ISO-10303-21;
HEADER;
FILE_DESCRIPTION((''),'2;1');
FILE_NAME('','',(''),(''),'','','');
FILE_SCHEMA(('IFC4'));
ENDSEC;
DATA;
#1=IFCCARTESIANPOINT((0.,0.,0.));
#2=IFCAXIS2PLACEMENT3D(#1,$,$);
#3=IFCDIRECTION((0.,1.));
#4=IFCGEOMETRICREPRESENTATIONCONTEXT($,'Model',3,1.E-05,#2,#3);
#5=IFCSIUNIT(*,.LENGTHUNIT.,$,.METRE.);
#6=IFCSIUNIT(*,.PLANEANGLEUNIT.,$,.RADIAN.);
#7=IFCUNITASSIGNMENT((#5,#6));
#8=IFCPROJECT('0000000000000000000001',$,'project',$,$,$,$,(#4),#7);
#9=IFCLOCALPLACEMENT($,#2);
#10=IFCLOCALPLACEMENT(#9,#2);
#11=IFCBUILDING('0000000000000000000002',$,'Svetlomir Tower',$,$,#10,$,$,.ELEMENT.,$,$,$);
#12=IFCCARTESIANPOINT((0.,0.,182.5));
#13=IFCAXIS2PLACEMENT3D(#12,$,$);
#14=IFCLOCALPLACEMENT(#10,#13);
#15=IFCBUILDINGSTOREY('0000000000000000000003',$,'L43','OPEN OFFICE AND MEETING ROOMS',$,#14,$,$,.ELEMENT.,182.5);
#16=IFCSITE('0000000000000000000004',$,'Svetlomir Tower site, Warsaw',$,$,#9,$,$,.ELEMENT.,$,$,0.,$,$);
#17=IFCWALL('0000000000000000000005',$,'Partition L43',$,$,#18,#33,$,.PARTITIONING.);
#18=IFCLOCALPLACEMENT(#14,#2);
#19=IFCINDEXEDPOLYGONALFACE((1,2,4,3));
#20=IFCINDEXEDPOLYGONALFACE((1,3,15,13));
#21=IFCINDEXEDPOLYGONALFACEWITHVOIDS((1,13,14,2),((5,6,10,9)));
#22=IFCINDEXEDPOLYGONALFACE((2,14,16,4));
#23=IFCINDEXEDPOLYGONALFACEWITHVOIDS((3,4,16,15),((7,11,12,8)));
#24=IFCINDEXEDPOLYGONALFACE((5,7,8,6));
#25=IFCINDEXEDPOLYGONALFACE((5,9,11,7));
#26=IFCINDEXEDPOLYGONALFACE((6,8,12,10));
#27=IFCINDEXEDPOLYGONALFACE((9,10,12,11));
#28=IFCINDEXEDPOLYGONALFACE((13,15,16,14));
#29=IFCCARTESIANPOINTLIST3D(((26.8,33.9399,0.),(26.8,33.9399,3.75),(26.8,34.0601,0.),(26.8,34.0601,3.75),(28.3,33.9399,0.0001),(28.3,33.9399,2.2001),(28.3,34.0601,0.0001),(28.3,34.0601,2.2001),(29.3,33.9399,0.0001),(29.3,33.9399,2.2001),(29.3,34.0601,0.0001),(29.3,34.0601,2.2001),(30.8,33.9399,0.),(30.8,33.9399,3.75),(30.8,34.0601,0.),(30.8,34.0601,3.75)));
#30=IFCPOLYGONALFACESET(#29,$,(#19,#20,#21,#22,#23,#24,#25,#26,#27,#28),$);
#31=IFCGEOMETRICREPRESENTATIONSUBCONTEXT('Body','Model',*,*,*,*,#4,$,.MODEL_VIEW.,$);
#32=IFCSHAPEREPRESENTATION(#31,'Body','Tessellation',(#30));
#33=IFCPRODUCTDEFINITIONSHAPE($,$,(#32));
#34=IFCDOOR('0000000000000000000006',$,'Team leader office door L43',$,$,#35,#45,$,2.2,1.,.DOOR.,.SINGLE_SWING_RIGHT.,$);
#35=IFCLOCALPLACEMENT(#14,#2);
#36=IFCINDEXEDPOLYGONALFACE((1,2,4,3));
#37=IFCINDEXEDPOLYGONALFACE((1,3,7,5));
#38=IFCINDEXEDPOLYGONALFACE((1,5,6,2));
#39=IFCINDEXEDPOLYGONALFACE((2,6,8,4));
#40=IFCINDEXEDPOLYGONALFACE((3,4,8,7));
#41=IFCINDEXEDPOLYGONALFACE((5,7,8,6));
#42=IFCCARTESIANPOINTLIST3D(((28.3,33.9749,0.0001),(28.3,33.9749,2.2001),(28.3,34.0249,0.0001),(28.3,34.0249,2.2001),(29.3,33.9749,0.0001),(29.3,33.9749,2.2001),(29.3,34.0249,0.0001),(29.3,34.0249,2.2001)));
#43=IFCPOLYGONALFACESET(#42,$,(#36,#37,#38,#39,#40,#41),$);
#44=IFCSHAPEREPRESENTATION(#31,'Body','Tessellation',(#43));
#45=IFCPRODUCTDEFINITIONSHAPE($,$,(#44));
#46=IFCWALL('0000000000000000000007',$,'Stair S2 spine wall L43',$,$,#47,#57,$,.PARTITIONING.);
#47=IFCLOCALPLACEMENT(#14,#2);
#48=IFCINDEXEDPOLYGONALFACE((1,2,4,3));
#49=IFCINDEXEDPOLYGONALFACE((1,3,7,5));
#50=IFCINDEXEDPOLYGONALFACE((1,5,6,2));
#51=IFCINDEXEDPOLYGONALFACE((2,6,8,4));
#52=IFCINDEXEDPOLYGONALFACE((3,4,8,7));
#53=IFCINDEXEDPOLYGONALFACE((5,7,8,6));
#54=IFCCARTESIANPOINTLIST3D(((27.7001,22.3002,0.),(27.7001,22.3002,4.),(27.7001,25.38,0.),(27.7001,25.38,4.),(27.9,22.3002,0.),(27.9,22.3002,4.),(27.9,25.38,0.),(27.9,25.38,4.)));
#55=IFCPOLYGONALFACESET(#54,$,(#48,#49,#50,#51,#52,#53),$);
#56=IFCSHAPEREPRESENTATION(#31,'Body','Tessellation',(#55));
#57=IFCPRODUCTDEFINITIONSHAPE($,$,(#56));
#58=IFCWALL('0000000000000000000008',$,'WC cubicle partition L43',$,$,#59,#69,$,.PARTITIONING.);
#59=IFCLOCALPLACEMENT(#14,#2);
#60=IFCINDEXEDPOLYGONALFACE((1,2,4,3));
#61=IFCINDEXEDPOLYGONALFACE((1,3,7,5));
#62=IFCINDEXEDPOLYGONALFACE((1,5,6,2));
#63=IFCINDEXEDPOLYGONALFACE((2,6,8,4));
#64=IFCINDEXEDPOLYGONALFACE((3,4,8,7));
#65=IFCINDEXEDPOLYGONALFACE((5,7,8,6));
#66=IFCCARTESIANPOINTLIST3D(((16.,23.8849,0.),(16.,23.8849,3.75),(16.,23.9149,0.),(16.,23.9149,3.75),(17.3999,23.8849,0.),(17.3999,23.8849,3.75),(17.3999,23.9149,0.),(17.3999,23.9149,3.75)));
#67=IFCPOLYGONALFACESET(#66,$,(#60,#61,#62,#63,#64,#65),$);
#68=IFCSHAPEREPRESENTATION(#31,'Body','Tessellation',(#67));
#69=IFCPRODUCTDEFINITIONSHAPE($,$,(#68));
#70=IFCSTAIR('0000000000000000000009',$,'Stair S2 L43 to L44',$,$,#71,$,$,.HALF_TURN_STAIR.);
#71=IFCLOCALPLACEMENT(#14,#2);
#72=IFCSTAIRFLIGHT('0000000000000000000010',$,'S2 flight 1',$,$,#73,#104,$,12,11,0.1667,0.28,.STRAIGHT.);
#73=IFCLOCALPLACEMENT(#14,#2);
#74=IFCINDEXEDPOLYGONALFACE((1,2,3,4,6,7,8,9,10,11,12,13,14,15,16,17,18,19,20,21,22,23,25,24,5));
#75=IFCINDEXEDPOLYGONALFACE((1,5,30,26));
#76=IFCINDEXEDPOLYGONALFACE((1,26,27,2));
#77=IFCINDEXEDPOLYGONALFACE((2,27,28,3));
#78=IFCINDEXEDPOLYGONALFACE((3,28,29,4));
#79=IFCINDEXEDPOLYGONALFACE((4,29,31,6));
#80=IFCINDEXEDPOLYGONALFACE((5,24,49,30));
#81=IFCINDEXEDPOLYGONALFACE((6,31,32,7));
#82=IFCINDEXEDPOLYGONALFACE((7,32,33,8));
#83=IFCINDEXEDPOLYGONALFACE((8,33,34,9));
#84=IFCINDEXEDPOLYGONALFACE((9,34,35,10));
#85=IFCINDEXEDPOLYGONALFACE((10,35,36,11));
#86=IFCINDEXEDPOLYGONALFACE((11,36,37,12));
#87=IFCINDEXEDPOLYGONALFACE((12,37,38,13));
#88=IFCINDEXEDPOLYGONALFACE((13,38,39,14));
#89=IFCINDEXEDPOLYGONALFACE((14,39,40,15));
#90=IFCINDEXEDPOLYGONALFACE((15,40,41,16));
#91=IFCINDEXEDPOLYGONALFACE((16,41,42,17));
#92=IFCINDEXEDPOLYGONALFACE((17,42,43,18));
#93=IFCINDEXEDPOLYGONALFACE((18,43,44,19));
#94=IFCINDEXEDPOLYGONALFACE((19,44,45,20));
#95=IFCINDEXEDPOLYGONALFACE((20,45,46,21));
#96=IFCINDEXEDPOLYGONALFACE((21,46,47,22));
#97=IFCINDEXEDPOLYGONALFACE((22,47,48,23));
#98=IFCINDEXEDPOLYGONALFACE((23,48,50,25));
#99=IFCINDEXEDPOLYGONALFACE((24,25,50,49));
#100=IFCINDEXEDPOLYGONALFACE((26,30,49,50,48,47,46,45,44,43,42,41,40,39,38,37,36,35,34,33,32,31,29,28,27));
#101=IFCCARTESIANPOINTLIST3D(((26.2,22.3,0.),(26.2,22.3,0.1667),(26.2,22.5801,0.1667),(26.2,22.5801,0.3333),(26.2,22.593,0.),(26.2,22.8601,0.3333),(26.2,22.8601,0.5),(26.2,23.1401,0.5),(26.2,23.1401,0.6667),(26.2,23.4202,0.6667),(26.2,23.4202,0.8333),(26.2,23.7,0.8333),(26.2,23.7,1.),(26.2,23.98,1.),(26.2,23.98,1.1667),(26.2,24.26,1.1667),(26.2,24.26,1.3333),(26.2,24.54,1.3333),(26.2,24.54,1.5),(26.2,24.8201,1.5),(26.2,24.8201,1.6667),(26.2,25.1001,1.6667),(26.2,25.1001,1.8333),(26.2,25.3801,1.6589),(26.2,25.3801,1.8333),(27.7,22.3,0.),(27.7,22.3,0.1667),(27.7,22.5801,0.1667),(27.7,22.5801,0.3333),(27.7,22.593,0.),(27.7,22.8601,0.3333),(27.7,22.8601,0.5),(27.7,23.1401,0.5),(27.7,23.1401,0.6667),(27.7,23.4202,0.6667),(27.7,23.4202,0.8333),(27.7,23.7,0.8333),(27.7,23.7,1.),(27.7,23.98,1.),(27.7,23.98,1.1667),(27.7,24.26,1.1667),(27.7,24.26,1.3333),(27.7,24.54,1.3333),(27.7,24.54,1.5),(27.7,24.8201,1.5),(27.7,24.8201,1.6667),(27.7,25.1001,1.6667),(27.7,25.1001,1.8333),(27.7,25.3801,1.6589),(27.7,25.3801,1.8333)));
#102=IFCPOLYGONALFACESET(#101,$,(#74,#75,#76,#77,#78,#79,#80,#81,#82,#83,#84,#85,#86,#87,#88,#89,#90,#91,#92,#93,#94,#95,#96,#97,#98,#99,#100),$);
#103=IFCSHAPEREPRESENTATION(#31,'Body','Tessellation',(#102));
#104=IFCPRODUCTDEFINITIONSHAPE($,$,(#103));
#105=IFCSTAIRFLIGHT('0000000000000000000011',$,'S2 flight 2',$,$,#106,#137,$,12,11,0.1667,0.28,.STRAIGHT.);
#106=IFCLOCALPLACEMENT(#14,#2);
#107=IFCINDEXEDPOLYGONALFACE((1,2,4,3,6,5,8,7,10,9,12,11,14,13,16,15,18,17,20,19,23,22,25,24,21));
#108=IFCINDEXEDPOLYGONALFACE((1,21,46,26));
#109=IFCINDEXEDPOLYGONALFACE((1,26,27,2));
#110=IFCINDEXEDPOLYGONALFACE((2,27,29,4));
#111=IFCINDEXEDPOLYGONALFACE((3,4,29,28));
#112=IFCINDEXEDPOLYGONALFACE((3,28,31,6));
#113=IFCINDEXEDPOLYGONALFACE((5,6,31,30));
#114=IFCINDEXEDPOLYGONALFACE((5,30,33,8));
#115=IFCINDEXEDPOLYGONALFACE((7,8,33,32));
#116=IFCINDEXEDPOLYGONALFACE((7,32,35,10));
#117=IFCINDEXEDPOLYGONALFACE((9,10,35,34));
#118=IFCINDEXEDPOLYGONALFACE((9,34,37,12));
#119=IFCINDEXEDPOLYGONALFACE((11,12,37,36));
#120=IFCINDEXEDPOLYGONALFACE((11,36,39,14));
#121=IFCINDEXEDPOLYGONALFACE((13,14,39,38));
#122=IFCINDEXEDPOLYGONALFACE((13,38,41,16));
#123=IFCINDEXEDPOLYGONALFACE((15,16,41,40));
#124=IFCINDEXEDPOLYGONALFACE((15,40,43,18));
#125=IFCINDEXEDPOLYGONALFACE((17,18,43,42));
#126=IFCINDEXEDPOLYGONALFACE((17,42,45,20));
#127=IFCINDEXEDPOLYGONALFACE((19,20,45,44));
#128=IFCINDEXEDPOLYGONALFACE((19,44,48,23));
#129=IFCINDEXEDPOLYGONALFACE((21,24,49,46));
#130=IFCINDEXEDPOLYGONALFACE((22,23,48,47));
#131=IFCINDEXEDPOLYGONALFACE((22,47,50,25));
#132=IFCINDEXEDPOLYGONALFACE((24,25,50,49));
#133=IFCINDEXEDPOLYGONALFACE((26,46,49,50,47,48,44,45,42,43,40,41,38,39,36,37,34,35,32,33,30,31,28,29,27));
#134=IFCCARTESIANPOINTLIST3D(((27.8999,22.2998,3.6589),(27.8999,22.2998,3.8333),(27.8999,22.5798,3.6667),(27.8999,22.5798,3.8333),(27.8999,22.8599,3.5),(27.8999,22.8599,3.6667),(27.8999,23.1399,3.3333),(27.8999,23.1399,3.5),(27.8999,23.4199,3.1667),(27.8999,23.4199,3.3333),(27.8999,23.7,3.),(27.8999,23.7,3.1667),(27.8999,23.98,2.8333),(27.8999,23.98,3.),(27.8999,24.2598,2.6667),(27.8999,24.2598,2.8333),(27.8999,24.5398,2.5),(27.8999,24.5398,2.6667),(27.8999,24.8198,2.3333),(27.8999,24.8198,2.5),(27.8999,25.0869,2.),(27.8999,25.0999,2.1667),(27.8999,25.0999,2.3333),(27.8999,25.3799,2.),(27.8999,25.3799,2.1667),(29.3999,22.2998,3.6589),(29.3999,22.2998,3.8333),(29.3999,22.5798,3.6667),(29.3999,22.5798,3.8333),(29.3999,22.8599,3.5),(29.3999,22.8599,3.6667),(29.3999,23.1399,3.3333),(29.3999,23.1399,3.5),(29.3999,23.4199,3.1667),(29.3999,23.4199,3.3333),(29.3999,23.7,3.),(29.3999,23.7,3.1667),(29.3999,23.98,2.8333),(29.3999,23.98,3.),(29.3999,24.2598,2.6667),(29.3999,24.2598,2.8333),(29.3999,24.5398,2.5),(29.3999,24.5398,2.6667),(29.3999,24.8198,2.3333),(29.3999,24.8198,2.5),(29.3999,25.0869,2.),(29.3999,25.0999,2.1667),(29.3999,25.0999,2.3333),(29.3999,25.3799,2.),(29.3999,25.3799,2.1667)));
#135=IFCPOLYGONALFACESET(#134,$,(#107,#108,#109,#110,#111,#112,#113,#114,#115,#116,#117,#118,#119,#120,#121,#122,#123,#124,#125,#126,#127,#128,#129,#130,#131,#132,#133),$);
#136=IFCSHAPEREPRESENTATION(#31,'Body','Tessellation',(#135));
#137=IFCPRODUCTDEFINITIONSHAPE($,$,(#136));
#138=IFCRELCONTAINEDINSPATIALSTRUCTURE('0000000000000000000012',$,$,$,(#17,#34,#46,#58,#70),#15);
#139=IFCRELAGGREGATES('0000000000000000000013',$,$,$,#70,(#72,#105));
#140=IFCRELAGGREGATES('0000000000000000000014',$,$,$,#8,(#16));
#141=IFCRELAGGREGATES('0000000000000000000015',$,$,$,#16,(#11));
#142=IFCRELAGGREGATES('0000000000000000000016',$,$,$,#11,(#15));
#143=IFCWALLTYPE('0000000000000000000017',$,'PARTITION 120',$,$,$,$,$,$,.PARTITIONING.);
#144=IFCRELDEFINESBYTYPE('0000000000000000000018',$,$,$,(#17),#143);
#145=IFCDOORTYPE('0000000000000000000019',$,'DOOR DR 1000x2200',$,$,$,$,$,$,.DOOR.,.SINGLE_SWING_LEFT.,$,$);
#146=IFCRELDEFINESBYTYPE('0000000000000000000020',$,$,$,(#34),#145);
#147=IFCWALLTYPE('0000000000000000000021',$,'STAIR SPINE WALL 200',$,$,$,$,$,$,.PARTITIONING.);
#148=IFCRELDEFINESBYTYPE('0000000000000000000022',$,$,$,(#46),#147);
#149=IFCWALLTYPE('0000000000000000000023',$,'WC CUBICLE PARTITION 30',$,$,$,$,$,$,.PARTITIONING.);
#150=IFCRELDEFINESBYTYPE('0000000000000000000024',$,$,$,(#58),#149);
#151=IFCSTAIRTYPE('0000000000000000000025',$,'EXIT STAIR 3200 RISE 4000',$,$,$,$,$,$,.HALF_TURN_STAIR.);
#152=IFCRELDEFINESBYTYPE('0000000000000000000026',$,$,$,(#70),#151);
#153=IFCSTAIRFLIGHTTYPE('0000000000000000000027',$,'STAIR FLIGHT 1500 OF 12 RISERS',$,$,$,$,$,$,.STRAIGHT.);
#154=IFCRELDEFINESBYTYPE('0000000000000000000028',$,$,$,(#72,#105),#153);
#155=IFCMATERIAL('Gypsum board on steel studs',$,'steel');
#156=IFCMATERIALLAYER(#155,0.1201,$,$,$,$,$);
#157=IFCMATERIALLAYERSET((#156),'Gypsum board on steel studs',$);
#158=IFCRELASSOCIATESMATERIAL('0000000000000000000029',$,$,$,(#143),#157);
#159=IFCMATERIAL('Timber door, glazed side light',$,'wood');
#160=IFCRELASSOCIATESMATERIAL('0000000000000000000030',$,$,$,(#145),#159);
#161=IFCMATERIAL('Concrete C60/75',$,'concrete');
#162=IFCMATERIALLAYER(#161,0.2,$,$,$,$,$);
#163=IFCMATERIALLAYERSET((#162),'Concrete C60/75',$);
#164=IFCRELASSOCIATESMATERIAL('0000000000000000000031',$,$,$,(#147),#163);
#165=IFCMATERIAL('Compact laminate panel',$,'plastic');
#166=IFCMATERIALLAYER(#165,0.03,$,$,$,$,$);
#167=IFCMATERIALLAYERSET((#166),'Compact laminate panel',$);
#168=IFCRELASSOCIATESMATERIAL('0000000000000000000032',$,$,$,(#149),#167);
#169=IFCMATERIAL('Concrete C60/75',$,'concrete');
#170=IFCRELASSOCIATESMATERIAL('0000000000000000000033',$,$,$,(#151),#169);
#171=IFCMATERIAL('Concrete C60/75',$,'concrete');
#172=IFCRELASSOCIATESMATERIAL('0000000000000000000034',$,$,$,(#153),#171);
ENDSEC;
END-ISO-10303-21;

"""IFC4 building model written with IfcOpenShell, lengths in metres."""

from ifc_helpers import new_model, si_unit, direction, frame, frame_2d, origin, place, context, subcontext, project, spatial, polyline, rectangle, outline, extrude, material, layer, layer_set, type_object, element, fill, aggregate, save


model = new_model("IFC4")

# Units and contexts
model_context = context("Model", 3, precision=1e-05, world=origin(), true_north=direction((0.0, 1.0)))
body_context = subcontext(model_context, "Body", "Model", "MODEL_VIEW")
ifc_project = project(units=[si_unit("LENGTHUNIT", "METRE"), si_unit("PLANEANGLEUNIT", "RADIAN")], contexts=[model_context])

# Site, building, storey
site_placement = place(None, origin())
site = spatial("IfcSite", under=ifc_project, at=site_placement, Name="Svetlomir Tower site, Warsaw", CompositionType="ELEMENT", RefElevation=0.0)
building_placement = place(site_placement, origin())
building = spatial("IfcBuilding", under=site, at=building_placement, Name="Svetlomir Tower", CompositionType="ELEMENT")
storey_placement = place(building_placement, frame((0.0, 0.0, 182.5)))
storey = spatial("IfcBuildingStorey", under=building, at=storey_placement, Name="L43", Description="OPEN OFFICE AND MEETING ROOMS", CompositionType="ELEMENT", Elevation=182.5)

# Shared definitions
ifc_material_1 = material(Name="Gypsum board on steel studs", Category="steel")
ifc_layer_1 = layer(ifc_material_1, 0.1201)
ifc_layer_set_1 = layer_set([ifc_layer_1], Name="Gypsum board on steel studs")
wall_type_1 = type_object("IfcWallType", Name="PARTITION 120", PredefinedType="PARTITIONING", material=ifc_layer_set_1)

# Wall, opening, door
wall_1_placement = place(storey_placement, frame((26.8, 34.0, 0.0), z_axis=(0.0, 0.0, 1.0), x_axis=(1.0, 0.0, 0.0)))
wall_1 = element("IfcWall", 1, at=wall_1_placement, inside=storey, type_object=wall_type_1, Name="Partition L43", PredefinedType="PARTITIONING", context=body_context, shape_type="SweptSolid", body=[
    extrude(rectangle(XDim=4.0, YDim=0.1201, at=frame_2d((2.0, 0.0))), origin(), (0.0, 0.0, 1.0), 3.75),
])
opening_1_placement = place(wall_1_placement, frame((1.5, 0.0, 0.0)))
opening_1 = element("IfcOpeningElement", 2, at=opening_1_placement, cuts=wall_1, PredefinedType="OPENING", context=body_context, shape_type="SweptSolid", body=[
    extrude(rectangle(XDim=1.0, YDim=2.2, at=frame_2d((0.5, 1.1001))), frame((0.0, 0.0701, 0.0), z_axis=(0.0, -1.0, 0.0), x_axis=(1.0, 0.0, 0.0)), (0.0, 0.0, 1.0), 0.1401),
])
ifc_material_2 = material(Name="Timber door, glazed side light", Category="wood")
door_type_1 = type_object("IfcDoorType", Name="DOOR DR 1000x2200", OperationType="SINGLE_SWING_LEFT", PredefinedType="DOOR", material=ifc_material_2)
door_1_placement = place(opening_1_placement, origin())
door_1 = element("IfcDoor", 3, at=door_1_placement, inside=storey, type_object=door_type_1, Name="Team leader office door L43", OperationType="SINGLE_SWING_RIGHT", OverallHeight=2.2, OverallWidth=1.0, PredefinedType="DOOR", context=body_context, shape_type="SweptSolid", body=[
    extrude(rectangle(XDim=1.0, YDim=2.2, at=frame_2d((0.5, 1.1001))), frame((0.0, 0.0249, 0.0), z_axis=(0.0, -1.0, 0.0), x_axis=(1.0, 0.0, 0.0)), (0.0, 0.0, 1.0), 0.05),
])
fill(opening_1, door_1)

# Walls
ifc_material_3 = material(Name="Concrete C60/75", Category="concrete")
ifc_layer_2 = layer(ifc_material_3, 0.2)
ifc_layer_set_2 = layer_set([ifc_layer_2], Name="Concrete C60/75")
wall_type_2 = type_object("IfcWallType", Name="STAIR SPINE WALL 200", PredefinedType="PARTITIONING", material=ifc_layer_set_2)
wall_2_placement = place(storey_placement, frame((27.8, 22.3, 0.0), z_axis=(0.0, 0.0, 1.0), x_axis=(0.0, 1.0, 0.0)))
element("IfcWall", 4, at=wall_2_placement, inside=storey, type_object=wall_type_2, Name="Stair S2 spine wall L43", PredefinedType="PARTITIONING", context=body_context, shape_type="SweptSolid", body=[
    extrude(rectangle(XDim=3.0798, YDim=0.2, at=frame_2d((1.54, 0.0))), origin(), (0.0, 0.0, 1.0), 4.0),
])
ifc_material_4 = material(Name="Compact laminate panel", Category="plastic")
ifc_layer_3 = layer(ifc_material_4, 0.03)
ifc_layer_set_3 = layer_set([ifc_layer_3], Name="Compact laminate panel")
wall_type_3 = type_object("IfcWallType", Name="WC CUBICLE PARTITION 30", PredefinedType="PARTITIONING", material=ifc_layer_set_3)
wall_3_placement = place(storey_placement, frame((16.0, 23.8999, 0.0), z_axis=(0.0, 0.0, 1.0), x_axis=(1.0, 0.0, 0.0)))
element("IfcWall", 5, at=wall_3_placement, inside=storey, type_object=wall_type_3, Name="WC cubicle partition L43", PredefinedType="PARTITIONING", context=body_context, shape_type="SweptSolid", body=[
    extrude(rectangle(XDim=1.3999, YDim=0.03, at=frame_2d((0.7, 0.0))), origin(), (0.0, 0.0, 1.0), 3.75),
])

# Stair, stair flights
ifc_material_5 = material(Name="Concrete C60/75", Category="concrete")
stair_type = type_object("IfcStairType", Name="EXIT STAIR 3200 RISE 4000", PredefinedType="HALF_TURN_STAIR", material=ifc_material_5)
stair_placement = place(storey_placement, origin())
stair = element("IfcStair", 6, at=stair_placement, inside=storey, type_object=stair_type, Name="Stair S2 L43 to L44", PredefinedType="HALF_TURN_STAIR")
ifc_material_6 = material(Name="Concrete C60/75", Category="concrete")
stair_flight_type = type_object("IfcStairFlightType", Name="STAIR FLIGHT 1500 OF 12 RISERS", PredefinedType="STRAIGHT", material=ifc_material_6)
stair_flight_1_placement = place(storey_placement, frame((26.95, 22.3, 0.0), z_axis=(0.0, 0.0, 1.0), x_axis=(0.0, 1.0, 0.0)))
stair_flight_1 = element("IfcStairFlight", 7, at=stair_flight_1_placement, type_object=stair_flight_type, Name="S2 flight 1", NumberOfRisers=12, NumberOfTreads=11, PredefinedType="STRAIGHT", RiserHeight=0.1667, TreadLength=0.28, context=body_context, shape_type="SweptSolid", body=[
    extrude(outline(polyline([(0.0, 0.0), (0.0, 0.1667), (0.28, 0.1667), (0.28, 0.3333), (0.5601, 0.3333), (0.5601, 0.5), (0.8401, 0.5), (0.8401, 0.6667), (1.1201, 0.6667), (1.1201, 0.8333), (1.3999, 0.8333), (1.3999, 1.0), (1.6799, 1.0), (1.6799, 1.1667), (1.96, 1.1667), (1.96, 1.3333), (2.24, 1.3333), (2.24, 1.5), (2.52, 1.5), (2.52, 1.6667), (2.8, 1.6667), (2.8, 1.8333), (3.0801, 1.8333), (3.0801, 2.0), (3.0801, 1.6589), (0.293, 0.0), (0.0, 0.0)])), frame((0.0, 0.75, 0.0), z_axis=(0.0, -1.0, 0.0), x_axis=(1.0, 0.0, 0.0)), (0.0, 0.0, 1.0), 1.5),
])
stair_flight_2_placement = place(storey_placement, frame((28.6499, 25.3799, 2.0), z_axis=(0.0, 0.0, 1.0), x_axis=(0.0, -1.0, 0.0)))
stair_flight_2 = element("IfcStairFlight", 8, at=stair_flight_2_placement, type_object=stair_flight_type, Name="S2 flight 2", NumberOfRisers=12, NumberOfTreads=11, PredefinedType="STRAIGHT", RiserHeight=0.1667, TreadLength=0.28, context=body_context, shape_type="SweptSolid", body=[
    extrude(outline(polyline([(0.0, 0.0), (0.0, 0.1667), (0.28, 0.1667), (0.28, 0.3333), (0.5601, 0.3333), (0.5601, 0.5), (0.8401, 0.5), (0.8401, 0.6667), (1.1201, 0.6667), (1.1201, 0.8333), (1.3999, 0.8333), (1.3999, 1.0), (1.6799, 1.0), (1.6799, 1.1667), (1.96, 1.1667), (1.96, 1.3333), (2.24, 1.3333), (2.24, 1.5), (2.52, 1.5), (2.52, 1.6667), (2.8, 1.6667), (2.8, 1.8333), (3.0801, 1.8333), (3.0801, 2.0), (3.0801, 1.6589), (0.293, 0.0), (0.0, 0.0)])), frame((0.0, 0.75, 0.0), z_axis=(0.0, -1.0, 0.0), x_axis=(1.0, 0.0, 0.0)), (0.0, 0.0, 1.0), 1.5),
])
aggregate(stair, [stair_flight_1, stair_flight_2])

save(model, "model.ifc")
